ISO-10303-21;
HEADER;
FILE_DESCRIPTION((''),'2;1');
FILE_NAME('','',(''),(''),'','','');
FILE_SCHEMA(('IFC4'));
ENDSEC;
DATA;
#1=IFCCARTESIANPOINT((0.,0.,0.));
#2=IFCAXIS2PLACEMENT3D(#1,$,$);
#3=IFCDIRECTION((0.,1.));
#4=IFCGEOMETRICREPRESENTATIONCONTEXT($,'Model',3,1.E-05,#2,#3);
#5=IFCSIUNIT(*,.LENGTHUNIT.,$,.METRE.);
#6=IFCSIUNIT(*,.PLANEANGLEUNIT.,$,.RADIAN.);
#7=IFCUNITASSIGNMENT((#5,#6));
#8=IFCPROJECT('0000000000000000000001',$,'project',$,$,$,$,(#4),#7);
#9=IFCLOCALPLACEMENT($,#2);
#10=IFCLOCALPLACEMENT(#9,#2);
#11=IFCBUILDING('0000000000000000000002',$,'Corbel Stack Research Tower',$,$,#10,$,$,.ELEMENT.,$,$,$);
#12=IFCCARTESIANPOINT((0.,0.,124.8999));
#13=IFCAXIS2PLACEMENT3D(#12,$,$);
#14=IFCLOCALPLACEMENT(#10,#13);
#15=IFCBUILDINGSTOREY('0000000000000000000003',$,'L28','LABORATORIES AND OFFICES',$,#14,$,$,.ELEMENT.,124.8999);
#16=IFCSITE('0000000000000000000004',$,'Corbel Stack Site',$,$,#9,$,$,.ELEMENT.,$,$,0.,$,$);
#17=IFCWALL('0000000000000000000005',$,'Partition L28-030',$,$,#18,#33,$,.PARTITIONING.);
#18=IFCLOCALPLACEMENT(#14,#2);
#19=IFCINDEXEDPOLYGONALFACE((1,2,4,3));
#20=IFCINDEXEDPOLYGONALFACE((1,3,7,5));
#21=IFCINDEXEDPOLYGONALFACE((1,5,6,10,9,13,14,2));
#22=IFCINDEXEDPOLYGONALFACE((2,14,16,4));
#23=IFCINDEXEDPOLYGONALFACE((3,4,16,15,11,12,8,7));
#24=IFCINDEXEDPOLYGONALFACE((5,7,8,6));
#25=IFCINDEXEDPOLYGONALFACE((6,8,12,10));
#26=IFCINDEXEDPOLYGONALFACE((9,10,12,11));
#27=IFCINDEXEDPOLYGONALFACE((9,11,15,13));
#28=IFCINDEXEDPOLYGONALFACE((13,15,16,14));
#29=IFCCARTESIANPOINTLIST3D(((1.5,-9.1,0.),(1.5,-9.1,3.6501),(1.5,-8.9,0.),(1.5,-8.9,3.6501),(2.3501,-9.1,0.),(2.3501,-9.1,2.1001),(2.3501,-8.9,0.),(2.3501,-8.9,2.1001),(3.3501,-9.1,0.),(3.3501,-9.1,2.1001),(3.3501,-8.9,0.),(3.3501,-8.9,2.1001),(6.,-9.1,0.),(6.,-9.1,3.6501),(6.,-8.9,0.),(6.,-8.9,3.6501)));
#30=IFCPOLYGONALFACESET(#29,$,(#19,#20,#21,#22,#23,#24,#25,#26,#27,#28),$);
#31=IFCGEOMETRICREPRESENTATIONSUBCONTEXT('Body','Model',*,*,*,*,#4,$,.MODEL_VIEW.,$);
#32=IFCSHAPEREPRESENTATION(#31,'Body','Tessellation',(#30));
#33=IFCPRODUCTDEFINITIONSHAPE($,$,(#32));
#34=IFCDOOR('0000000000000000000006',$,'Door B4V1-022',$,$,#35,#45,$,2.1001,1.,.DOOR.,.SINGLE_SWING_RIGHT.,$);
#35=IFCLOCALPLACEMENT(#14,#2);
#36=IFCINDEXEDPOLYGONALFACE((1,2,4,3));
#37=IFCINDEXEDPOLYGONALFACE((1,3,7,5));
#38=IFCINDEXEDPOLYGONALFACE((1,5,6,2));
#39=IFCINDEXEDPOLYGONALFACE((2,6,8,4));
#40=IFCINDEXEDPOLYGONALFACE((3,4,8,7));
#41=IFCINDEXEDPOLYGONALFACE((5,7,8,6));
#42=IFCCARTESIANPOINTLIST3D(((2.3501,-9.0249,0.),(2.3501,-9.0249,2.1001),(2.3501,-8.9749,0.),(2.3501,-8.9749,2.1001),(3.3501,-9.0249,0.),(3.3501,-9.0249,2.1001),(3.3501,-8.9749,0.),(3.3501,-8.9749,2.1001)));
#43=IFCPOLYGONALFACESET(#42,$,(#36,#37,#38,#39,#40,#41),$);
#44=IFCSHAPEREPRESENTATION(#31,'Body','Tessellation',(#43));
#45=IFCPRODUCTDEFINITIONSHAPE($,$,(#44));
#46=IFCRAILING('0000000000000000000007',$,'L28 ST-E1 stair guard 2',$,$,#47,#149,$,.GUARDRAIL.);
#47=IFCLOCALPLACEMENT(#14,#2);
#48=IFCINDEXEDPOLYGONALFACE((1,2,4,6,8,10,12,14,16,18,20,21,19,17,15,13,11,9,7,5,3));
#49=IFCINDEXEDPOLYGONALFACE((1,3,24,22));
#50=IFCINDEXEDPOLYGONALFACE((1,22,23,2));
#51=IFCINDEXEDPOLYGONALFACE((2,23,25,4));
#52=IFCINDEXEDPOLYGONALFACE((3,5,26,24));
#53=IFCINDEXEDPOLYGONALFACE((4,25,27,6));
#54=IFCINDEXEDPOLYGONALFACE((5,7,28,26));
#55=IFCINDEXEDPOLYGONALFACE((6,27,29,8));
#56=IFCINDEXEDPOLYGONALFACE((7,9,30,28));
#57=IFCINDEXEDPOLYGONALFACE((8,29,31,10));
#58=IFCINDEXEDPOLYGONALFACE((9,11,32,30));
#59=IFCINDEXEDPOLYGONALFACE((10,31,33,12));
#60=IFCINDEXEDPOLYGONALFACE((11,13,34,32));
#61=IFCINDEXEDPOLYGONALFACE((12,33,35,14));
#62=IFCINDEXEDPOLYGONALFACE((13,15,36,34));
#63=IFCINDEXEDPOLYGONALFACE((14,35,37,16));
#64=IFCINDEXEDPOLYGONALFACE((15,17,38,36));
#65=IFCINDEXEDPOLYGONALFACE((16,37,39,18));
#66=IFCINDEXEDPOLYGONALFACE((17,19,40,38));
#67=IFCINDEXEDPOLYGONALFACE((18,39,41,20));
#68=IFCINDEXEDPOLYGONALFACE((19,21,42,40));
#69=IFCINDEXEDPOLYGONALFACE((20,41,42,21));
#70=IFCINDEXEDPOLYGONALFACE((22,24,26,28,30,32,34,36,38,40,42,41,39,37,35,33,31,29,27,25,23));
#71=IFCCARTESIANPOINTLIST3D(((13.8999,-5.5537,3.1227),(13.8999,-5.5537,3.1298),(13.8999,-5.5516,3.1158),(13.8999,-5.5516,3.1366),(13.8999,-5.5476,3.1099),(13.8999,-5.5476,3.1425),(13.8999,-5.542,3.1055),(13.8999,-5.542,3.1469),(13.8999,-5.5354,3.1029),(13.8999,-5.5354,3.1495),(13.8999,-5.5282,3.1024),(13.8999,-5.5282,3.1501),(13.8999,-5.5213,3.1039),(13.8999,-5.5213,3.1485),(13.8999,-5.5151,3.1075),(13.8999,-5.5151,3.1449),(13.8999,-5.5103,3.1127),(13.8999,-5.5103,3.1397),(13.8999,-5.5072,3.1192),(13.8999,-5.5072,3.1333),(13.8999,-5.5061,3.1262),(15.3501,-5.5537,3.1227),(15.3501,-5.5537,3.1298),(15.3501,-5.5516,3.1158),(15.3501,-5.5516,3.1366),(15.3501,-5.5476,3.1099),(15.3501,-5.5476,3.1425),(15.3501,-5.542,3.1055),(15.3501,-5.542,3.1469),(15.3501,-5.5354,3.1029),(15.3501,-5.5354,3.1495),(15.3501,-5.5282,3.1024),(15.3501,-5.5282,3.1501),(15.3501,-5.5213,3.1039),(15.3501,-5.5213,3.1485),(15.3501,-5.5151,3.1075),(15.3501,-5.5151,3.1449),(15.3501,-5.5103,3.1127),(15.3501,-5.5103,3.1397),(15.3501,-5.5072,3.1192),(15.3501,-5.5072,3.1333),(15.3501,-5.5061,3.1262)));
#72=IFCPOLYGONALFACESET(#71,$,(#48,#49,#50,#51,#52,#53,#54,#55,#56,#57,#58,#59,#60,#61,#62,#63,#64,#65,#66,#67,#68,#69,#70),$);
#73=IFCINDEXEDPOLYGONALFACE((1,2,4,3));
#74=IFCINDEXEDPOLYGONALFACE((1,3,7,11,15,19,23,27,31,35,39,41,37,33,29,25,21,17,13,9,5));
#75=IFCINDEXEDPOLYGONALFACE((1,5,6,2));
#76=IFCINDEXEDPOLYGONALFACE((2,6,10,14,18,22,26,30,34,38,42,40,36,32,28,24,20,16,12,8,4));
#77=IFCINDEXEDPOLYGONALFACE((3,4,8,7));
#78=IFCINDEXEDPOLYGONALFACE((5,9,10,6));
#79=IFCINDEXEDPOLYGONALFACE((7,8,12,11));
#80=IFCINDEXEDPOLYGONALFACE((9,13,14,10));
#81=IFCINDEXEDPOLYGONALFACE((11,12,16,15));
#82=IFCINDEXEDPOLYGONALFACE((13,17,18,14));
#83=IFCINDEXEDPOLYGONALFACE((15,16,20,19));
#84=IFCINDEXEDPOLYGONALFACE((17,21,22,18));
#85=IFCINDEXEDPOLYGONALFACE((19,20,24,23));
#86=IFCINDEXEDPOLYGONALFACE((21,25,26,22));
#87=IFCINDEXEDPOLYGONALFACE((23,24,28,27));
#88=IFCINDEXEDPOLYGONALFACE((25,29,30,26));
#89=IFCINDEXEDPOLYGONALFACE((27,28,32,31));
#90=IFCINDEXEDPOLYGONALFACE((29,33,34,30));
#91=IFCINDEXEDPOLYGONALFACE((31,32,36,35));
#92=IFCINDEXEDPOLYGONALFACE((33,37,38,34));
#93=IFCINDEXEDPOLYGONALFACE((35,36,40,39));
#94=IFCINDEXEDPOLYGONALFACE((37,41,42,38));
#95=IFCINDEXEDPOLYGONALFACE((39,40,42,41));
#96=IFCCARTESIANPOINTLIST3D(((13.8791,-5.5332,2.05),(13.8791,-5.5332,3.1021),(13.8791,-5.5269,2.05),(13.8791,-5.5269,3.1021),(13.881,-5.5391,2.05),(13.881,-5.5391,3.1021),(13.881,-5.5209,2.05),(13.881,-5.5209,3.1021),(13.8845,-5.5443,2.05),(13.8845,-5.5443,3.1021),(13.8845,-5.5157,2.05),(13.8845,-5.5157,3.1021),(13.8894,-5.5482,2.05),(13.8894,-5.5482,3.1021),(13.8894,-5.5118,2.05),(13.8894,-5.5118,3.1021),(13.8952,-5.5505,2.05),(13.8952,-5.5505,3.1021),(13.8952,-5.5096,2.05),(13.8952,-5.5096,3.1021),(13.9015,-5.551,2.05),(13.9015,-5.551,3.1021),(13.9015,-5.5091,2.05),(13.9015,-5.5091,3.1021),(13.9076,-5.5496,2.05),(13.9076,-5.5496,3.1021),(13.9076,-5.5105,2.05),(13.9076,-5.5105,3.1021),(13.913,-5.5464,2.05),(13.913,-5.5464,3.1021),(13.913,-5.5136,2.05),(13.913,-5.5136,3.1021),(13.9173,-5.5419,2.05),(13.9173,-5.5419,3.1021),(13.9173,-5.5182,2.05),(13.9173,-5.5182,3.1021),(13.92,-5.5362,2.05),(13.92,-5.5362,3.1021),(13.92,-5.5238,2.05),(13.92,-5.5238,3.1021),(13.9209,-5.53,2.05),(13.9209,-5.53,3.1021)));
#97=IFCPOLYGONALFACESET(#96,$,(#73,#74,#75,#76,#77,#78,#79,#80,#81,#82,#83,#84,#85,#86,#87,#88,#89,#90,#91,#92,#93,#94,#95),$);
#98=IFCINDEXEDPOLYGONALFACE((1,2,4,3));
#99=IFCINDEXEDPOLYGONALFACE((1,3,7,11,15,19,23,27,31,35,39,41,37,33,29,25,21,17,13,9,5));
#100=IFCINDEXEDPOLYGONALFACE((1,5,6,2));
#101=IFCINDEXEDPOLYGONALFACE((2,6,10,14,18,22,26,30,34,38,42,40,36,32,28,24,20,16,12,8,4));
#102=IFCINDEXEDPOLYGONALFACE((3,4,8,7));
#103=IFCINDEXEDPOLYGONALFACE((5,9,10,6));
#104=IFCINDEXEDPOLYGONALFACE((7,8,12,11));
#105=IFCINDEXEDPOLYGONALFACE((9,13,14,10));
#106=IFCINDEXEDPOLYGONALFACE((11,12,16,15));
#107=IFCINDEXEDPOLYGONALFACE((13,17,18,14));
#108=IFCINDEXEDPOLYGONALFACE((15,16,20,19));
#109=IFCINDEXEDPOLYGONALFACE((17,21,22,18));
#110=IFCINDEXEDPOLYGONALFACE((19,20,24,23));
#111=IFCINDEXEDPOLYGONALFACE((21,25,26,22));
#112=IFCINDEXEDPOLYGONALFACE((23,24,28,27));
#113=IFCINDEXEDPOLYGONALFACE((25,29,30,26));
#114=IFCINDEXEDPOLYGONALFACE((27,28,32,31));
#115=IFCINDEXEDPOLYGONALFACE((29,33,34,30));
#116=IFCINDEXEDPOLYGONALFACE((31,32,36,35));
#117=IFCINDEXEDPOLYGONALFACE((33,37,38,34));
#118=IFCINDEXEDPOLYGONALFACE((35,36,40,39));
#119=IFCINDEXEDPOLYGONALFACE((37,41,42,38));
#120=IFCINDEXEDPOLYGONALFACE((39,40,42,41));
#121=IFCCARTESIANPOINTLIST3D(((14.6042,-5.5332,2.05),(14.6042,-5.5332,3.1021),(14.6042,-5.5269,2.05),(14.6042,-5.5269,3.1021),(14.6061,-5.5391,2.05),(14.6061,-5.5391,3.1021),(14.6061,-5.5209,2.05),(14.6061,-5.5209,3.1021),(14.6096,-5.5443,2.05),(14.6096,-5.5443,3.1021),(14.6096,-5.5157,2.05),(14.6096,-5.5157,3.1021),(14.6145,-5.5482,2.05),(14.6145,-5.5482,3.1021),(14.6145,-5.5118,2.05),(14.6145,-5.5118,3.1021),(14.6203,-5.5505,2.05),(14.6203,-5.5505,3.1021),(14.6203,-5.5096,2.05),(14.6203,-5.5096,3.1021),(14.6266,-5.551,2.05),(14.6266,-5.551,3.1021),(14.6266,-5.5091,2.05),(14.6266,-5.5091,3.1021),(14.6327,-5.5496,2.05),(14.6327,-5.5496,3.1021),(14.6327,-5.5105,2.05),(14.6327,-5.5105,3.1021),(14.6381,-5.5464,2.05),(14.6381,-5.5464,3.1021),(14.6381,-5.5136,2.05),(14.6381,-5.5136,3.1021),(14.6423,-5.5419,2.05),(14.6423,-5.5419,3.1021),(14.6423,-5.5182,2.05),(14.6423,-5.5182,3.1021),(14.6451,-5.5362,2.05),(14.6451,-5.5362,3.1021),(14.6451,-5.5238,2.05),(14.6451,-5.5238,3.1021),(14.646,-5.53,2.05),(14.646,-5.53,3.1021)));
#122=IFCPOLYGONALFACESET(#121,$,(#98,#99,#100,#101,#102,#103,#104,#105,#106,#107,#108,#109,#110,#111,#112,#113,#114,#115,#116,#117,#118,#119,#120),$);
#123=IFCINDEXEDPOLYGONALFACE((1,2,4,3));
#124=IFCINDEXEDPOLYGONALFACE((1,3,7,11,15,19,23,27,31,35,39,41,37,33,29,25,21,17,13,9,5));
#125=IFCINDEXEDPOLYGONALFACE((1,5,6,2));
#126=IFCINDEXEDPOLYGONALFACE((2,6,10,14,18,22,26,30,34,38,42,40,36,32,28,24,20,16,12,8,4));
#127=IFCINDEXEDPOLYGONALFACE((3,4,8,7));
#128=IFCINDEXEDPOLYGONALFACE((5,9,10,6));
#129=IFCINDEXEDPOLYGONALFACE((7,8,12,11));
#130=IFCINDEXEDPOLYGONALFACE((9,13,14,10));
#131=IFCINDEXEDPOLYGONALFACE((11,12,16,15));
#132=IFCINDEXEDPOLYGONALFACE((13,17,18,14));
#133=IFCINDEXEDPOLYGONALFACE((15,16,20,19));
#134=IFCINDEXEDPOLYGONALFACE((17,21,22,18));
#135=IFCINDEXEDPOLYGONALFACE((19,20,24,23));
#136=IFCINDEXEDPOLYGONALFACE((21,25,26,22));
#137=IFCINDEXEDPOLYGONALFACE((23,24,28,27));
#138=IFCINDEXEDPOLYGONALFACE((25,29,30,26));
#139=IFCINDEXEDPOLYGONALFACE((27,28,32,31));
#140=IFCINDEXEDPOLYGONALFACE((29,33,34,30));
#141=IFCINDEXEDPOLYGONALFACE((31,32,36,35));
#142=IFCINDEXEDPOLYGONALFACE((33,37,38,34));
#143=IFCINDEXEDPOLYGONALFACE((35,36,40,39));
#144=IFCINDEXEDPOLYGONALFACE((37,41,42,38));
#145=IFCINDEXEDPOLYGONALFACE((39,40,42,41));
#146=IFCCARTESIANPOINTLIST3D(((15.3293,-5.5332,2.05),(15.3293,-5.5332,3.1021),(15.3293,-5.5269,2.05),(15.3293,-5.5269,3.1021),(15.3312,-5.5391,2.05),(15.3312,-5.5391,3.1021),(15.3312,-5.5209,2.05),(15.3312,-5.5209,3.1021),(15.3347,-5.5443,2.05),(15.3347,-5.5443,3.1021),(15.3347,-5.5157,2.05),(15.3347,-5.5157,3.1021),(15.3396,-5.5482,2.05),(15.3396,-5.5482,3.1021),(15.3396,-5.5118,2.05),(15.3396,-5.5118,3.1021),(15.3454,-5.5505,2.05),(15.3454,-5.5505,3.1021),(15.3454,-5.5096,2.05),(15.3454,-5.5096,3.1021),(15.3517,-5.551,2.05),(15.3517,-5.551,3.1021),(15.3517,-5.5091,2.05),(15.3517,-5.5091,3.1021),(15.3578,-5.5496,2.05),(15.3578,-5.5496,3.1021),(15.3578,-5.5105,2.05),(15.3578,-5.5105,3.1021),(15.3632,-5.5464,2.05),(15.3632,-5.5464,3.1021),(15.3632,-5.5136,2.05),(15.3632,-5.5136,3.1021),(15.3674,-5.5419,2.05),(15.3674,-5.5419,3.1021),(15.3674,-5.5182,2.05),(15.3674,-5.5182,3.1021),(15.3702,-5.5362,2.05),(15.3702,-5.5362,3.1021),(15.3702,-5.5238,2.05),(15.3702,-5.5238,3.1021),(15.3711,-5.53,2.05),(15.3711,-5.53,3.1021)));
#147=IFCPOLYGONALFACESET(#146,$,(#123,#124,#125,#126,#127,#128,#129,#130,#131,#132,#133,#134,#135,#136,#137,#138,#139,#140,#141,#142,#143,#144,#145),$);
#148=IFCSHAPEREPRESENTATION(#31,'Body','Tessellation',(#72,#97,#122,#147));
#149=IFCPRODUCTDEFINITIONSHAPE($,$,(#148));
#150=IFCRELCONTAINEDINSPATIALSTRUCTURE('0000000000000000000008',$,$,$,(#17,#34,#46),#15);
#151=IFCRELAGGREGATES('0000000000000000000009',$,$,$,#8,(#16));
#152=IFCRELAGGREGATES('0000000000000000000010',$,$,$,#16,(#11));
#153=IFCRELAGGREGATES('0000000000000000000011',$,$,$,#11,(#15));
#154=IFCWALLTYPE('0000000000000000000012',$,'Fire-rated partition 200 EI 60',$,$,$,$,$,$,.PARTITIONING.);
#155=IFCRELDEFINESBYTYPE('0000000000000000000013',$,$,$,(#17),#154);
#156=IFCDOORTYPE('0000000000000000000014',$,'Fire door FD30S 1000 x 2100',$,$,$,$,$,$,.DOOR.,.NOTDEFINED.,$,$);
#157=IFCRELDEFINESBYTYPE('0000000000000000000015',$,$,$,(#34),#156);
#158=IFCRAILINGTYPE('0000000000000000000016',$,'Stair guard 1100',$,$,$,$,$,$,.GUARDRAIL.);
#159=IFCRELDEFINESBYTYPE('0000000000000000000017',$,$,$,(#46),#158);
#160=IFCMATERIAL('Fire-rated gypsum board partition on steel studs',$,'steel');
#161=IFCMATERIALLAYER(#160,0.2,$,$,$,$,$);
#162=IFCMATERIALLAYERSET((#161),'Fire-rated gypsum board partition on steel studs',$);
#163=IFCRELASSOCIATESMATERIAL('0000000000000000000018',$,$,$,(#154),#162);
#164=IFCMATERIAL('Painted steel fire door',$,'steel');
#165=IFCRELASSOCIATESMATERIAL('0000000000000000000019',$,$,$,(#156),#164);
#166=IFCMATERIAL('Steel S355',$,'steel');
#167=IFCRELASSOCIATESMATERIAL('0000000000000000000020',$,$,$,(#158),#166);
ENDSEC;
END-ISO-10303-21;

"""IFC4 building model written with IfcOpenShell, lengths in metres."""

from ifc_helpers import new_model, si_unit, direction, frame, frame_2d, origin, origin_2d, place, context, subcontext, project, spatial, rectangle, circle, extrude, material, layer, layer_set, type_object, element, fill, save


model = new_model("IFC4")

# Units and contexts
model_context = context("Model", 3, precision=1e-05, world=origin(), true_north=direction((0.0, 1.0)))
body_context = subcontext(model_context, "Body", "Model", "MODEL_VIEW")
ifc_project = project(units=[si_unit("LENGTHUNIT", "METRE"), si_unit("PLANEANGLEUNIT", "RADIAN")], contexts=[model_context])

# Site, building, storey
site_placement = place(None, origin())
site = spatial("IfcSite", under=ifc_project, at=site_placement, Name="Corbel Stack Site", CompositionType="ELEMENT", RefElevation=0.0)
building_placement = place(site_placement, origin())
building = spatial("IfcBuilding", under=site, at=building_placement, Name="Corbel Stack Research Tower", CompositionType="ELEMENT")
storey_placement = place(building_placement, frame((0.0, 0.0, 124.8999)))
storey = spatial("IfcBuildingStorey", under=building, at=storey_placement, Name="L28", Description="LABORATORIES AND OFFICES", CompositionType="ELEMENT", Elevation=124.8999)

# Shared definitions
ifc_material_1 = material(Name="Fire-rated gypsum board partition on steel studs", Category="steel")
ifc_layer_1 = layer(ifc_material_1, 0.2)
ifc_layer_set_1 = layer_set([ifc_layer_1], Name="Fire-rated gypsum board partition on steel studs")
wall_type_1 = type_object("IfcWallType", Name="Fire-rated partition 200 EI 60", PredefinedType="PARTITIONING", material=ifc_layer_set_1)

# Wall, opening, door
wall_1_placement = place(storey_placement, frame((6.0, -9.0, 0.0), z_axis=(0.0, 0.0, 1.0), x_axis=(-1.0, 0.0, 0.0)))
wall_1 = element("IfcWall", 1, at=wall_1_placement, inside=storey, type_object=wall_type_1, Name="Partition L28-030", PredefinedType="PARTITIONING", context=body_context, shape_type="SweptSolid", body=[
    extrude(rectangle(XDim=4.5, YDim=0.2, at=frame_2d((2.25, 0.0))), origin(), (0.0, 0.0, 1.0), 3.6501),
])
opening_1_placement = place(wall_1_placement, frame((2.6499, 0.0, 0.0)))
opening_1 = element("IfcOpeningElement", 2, at=opening_1_placement, cuts=wall_1, PredefinedType="OPENING", context=body_context, shape_type="SweptSolid", body=[
    extrude(rectangle(XDim=1.0, YDim=2.1001, at=frame_2d((0.5, 1.05))), frame((0.0, 0.1099, 0.0), z_axis=(0.0, -1.0, 0.0), x_axis=(1.0, 0.0, 0.0)), (0.0, 0.0, 1.0), 0.22),
])
ifc_material_2 = material(Name="Painted steel fire door", Category="steel")
door_type_1 = type_object("IfcDoorType", Name="Fire door FD30S 1000 x 2100", OperationType="NOTDEFINED", PredefinedType="DOOR", material=ifc_material_2)
door_1_placement = place(opening_1_placement, origin())
door_1 = element("IfcDoor", 3, at=door_1_placement, inside=storey, type_object=door_type_1, Name="Door B4V1-022", OperationType="SINGLE_SWING_RIGHT", OverallHeight=2.1001, OverallWidth=1.0, PredefinedType="DOOR", context=body_context, shape_type="SweptSolid", body=[
    extrude(rectangle(XDim=1.0, YDim=2.1001, at=frame_2d((0.5, 1.05))), frame((0.0, 0.0249, 0.0), z_axis=(0.0, -1.0, 0.0), x_axis=(1.0, 0.0, 0.0)), (0.0, 0.0, 1.0), 0.05),
])
fill(opening_1, door_1)

# Railing
ifc_material_3 = material(Name="Steel S355", Category="steel")
railing_type = type_object("IfcRailingType", Name="Stair guard 1100", PredefinedType="GUARDRAIL", material=ifc_material_3)
railing_placement = place(storey_placement, frame((13.8999, -5.53, 2.05)))
element("IfcRailing", 4, at=railing_placement, inside=storey, type_object=railing_type, Name="L28 ST-E1 stair guard 2", PredefinedType="GUARDRAIL", context=body_context, shape_type="SweptSolid", body=[
    extrude(circle(Radius=0.0239, at=origin_2d()), frame((0.0, 0.0, 1.0762), z_axis=(1.0, 0.0, 0.0), x_axis=(0.0, 1.0, 0.0)), (0.0, 0.0, 1.0), 1.4502),
    extrude(circle(Radius=0.021, at=origin_2d()), origin(), (0.0, 0.0, 1.0), 1.052),
    extrude(circle(Radius=0.021, at=origin_2d()), frame((0.7251, 0.0, 0.0)), (0.0, 0.0, 1.0), 1.052),
    extrude(circle(Radius=0.021, at=origin_2d()), frame((1.4502, 0.0, 0.0)), (0.0, 0.0, 1.0), 1.052),
])

save(model, "model.ifc")
